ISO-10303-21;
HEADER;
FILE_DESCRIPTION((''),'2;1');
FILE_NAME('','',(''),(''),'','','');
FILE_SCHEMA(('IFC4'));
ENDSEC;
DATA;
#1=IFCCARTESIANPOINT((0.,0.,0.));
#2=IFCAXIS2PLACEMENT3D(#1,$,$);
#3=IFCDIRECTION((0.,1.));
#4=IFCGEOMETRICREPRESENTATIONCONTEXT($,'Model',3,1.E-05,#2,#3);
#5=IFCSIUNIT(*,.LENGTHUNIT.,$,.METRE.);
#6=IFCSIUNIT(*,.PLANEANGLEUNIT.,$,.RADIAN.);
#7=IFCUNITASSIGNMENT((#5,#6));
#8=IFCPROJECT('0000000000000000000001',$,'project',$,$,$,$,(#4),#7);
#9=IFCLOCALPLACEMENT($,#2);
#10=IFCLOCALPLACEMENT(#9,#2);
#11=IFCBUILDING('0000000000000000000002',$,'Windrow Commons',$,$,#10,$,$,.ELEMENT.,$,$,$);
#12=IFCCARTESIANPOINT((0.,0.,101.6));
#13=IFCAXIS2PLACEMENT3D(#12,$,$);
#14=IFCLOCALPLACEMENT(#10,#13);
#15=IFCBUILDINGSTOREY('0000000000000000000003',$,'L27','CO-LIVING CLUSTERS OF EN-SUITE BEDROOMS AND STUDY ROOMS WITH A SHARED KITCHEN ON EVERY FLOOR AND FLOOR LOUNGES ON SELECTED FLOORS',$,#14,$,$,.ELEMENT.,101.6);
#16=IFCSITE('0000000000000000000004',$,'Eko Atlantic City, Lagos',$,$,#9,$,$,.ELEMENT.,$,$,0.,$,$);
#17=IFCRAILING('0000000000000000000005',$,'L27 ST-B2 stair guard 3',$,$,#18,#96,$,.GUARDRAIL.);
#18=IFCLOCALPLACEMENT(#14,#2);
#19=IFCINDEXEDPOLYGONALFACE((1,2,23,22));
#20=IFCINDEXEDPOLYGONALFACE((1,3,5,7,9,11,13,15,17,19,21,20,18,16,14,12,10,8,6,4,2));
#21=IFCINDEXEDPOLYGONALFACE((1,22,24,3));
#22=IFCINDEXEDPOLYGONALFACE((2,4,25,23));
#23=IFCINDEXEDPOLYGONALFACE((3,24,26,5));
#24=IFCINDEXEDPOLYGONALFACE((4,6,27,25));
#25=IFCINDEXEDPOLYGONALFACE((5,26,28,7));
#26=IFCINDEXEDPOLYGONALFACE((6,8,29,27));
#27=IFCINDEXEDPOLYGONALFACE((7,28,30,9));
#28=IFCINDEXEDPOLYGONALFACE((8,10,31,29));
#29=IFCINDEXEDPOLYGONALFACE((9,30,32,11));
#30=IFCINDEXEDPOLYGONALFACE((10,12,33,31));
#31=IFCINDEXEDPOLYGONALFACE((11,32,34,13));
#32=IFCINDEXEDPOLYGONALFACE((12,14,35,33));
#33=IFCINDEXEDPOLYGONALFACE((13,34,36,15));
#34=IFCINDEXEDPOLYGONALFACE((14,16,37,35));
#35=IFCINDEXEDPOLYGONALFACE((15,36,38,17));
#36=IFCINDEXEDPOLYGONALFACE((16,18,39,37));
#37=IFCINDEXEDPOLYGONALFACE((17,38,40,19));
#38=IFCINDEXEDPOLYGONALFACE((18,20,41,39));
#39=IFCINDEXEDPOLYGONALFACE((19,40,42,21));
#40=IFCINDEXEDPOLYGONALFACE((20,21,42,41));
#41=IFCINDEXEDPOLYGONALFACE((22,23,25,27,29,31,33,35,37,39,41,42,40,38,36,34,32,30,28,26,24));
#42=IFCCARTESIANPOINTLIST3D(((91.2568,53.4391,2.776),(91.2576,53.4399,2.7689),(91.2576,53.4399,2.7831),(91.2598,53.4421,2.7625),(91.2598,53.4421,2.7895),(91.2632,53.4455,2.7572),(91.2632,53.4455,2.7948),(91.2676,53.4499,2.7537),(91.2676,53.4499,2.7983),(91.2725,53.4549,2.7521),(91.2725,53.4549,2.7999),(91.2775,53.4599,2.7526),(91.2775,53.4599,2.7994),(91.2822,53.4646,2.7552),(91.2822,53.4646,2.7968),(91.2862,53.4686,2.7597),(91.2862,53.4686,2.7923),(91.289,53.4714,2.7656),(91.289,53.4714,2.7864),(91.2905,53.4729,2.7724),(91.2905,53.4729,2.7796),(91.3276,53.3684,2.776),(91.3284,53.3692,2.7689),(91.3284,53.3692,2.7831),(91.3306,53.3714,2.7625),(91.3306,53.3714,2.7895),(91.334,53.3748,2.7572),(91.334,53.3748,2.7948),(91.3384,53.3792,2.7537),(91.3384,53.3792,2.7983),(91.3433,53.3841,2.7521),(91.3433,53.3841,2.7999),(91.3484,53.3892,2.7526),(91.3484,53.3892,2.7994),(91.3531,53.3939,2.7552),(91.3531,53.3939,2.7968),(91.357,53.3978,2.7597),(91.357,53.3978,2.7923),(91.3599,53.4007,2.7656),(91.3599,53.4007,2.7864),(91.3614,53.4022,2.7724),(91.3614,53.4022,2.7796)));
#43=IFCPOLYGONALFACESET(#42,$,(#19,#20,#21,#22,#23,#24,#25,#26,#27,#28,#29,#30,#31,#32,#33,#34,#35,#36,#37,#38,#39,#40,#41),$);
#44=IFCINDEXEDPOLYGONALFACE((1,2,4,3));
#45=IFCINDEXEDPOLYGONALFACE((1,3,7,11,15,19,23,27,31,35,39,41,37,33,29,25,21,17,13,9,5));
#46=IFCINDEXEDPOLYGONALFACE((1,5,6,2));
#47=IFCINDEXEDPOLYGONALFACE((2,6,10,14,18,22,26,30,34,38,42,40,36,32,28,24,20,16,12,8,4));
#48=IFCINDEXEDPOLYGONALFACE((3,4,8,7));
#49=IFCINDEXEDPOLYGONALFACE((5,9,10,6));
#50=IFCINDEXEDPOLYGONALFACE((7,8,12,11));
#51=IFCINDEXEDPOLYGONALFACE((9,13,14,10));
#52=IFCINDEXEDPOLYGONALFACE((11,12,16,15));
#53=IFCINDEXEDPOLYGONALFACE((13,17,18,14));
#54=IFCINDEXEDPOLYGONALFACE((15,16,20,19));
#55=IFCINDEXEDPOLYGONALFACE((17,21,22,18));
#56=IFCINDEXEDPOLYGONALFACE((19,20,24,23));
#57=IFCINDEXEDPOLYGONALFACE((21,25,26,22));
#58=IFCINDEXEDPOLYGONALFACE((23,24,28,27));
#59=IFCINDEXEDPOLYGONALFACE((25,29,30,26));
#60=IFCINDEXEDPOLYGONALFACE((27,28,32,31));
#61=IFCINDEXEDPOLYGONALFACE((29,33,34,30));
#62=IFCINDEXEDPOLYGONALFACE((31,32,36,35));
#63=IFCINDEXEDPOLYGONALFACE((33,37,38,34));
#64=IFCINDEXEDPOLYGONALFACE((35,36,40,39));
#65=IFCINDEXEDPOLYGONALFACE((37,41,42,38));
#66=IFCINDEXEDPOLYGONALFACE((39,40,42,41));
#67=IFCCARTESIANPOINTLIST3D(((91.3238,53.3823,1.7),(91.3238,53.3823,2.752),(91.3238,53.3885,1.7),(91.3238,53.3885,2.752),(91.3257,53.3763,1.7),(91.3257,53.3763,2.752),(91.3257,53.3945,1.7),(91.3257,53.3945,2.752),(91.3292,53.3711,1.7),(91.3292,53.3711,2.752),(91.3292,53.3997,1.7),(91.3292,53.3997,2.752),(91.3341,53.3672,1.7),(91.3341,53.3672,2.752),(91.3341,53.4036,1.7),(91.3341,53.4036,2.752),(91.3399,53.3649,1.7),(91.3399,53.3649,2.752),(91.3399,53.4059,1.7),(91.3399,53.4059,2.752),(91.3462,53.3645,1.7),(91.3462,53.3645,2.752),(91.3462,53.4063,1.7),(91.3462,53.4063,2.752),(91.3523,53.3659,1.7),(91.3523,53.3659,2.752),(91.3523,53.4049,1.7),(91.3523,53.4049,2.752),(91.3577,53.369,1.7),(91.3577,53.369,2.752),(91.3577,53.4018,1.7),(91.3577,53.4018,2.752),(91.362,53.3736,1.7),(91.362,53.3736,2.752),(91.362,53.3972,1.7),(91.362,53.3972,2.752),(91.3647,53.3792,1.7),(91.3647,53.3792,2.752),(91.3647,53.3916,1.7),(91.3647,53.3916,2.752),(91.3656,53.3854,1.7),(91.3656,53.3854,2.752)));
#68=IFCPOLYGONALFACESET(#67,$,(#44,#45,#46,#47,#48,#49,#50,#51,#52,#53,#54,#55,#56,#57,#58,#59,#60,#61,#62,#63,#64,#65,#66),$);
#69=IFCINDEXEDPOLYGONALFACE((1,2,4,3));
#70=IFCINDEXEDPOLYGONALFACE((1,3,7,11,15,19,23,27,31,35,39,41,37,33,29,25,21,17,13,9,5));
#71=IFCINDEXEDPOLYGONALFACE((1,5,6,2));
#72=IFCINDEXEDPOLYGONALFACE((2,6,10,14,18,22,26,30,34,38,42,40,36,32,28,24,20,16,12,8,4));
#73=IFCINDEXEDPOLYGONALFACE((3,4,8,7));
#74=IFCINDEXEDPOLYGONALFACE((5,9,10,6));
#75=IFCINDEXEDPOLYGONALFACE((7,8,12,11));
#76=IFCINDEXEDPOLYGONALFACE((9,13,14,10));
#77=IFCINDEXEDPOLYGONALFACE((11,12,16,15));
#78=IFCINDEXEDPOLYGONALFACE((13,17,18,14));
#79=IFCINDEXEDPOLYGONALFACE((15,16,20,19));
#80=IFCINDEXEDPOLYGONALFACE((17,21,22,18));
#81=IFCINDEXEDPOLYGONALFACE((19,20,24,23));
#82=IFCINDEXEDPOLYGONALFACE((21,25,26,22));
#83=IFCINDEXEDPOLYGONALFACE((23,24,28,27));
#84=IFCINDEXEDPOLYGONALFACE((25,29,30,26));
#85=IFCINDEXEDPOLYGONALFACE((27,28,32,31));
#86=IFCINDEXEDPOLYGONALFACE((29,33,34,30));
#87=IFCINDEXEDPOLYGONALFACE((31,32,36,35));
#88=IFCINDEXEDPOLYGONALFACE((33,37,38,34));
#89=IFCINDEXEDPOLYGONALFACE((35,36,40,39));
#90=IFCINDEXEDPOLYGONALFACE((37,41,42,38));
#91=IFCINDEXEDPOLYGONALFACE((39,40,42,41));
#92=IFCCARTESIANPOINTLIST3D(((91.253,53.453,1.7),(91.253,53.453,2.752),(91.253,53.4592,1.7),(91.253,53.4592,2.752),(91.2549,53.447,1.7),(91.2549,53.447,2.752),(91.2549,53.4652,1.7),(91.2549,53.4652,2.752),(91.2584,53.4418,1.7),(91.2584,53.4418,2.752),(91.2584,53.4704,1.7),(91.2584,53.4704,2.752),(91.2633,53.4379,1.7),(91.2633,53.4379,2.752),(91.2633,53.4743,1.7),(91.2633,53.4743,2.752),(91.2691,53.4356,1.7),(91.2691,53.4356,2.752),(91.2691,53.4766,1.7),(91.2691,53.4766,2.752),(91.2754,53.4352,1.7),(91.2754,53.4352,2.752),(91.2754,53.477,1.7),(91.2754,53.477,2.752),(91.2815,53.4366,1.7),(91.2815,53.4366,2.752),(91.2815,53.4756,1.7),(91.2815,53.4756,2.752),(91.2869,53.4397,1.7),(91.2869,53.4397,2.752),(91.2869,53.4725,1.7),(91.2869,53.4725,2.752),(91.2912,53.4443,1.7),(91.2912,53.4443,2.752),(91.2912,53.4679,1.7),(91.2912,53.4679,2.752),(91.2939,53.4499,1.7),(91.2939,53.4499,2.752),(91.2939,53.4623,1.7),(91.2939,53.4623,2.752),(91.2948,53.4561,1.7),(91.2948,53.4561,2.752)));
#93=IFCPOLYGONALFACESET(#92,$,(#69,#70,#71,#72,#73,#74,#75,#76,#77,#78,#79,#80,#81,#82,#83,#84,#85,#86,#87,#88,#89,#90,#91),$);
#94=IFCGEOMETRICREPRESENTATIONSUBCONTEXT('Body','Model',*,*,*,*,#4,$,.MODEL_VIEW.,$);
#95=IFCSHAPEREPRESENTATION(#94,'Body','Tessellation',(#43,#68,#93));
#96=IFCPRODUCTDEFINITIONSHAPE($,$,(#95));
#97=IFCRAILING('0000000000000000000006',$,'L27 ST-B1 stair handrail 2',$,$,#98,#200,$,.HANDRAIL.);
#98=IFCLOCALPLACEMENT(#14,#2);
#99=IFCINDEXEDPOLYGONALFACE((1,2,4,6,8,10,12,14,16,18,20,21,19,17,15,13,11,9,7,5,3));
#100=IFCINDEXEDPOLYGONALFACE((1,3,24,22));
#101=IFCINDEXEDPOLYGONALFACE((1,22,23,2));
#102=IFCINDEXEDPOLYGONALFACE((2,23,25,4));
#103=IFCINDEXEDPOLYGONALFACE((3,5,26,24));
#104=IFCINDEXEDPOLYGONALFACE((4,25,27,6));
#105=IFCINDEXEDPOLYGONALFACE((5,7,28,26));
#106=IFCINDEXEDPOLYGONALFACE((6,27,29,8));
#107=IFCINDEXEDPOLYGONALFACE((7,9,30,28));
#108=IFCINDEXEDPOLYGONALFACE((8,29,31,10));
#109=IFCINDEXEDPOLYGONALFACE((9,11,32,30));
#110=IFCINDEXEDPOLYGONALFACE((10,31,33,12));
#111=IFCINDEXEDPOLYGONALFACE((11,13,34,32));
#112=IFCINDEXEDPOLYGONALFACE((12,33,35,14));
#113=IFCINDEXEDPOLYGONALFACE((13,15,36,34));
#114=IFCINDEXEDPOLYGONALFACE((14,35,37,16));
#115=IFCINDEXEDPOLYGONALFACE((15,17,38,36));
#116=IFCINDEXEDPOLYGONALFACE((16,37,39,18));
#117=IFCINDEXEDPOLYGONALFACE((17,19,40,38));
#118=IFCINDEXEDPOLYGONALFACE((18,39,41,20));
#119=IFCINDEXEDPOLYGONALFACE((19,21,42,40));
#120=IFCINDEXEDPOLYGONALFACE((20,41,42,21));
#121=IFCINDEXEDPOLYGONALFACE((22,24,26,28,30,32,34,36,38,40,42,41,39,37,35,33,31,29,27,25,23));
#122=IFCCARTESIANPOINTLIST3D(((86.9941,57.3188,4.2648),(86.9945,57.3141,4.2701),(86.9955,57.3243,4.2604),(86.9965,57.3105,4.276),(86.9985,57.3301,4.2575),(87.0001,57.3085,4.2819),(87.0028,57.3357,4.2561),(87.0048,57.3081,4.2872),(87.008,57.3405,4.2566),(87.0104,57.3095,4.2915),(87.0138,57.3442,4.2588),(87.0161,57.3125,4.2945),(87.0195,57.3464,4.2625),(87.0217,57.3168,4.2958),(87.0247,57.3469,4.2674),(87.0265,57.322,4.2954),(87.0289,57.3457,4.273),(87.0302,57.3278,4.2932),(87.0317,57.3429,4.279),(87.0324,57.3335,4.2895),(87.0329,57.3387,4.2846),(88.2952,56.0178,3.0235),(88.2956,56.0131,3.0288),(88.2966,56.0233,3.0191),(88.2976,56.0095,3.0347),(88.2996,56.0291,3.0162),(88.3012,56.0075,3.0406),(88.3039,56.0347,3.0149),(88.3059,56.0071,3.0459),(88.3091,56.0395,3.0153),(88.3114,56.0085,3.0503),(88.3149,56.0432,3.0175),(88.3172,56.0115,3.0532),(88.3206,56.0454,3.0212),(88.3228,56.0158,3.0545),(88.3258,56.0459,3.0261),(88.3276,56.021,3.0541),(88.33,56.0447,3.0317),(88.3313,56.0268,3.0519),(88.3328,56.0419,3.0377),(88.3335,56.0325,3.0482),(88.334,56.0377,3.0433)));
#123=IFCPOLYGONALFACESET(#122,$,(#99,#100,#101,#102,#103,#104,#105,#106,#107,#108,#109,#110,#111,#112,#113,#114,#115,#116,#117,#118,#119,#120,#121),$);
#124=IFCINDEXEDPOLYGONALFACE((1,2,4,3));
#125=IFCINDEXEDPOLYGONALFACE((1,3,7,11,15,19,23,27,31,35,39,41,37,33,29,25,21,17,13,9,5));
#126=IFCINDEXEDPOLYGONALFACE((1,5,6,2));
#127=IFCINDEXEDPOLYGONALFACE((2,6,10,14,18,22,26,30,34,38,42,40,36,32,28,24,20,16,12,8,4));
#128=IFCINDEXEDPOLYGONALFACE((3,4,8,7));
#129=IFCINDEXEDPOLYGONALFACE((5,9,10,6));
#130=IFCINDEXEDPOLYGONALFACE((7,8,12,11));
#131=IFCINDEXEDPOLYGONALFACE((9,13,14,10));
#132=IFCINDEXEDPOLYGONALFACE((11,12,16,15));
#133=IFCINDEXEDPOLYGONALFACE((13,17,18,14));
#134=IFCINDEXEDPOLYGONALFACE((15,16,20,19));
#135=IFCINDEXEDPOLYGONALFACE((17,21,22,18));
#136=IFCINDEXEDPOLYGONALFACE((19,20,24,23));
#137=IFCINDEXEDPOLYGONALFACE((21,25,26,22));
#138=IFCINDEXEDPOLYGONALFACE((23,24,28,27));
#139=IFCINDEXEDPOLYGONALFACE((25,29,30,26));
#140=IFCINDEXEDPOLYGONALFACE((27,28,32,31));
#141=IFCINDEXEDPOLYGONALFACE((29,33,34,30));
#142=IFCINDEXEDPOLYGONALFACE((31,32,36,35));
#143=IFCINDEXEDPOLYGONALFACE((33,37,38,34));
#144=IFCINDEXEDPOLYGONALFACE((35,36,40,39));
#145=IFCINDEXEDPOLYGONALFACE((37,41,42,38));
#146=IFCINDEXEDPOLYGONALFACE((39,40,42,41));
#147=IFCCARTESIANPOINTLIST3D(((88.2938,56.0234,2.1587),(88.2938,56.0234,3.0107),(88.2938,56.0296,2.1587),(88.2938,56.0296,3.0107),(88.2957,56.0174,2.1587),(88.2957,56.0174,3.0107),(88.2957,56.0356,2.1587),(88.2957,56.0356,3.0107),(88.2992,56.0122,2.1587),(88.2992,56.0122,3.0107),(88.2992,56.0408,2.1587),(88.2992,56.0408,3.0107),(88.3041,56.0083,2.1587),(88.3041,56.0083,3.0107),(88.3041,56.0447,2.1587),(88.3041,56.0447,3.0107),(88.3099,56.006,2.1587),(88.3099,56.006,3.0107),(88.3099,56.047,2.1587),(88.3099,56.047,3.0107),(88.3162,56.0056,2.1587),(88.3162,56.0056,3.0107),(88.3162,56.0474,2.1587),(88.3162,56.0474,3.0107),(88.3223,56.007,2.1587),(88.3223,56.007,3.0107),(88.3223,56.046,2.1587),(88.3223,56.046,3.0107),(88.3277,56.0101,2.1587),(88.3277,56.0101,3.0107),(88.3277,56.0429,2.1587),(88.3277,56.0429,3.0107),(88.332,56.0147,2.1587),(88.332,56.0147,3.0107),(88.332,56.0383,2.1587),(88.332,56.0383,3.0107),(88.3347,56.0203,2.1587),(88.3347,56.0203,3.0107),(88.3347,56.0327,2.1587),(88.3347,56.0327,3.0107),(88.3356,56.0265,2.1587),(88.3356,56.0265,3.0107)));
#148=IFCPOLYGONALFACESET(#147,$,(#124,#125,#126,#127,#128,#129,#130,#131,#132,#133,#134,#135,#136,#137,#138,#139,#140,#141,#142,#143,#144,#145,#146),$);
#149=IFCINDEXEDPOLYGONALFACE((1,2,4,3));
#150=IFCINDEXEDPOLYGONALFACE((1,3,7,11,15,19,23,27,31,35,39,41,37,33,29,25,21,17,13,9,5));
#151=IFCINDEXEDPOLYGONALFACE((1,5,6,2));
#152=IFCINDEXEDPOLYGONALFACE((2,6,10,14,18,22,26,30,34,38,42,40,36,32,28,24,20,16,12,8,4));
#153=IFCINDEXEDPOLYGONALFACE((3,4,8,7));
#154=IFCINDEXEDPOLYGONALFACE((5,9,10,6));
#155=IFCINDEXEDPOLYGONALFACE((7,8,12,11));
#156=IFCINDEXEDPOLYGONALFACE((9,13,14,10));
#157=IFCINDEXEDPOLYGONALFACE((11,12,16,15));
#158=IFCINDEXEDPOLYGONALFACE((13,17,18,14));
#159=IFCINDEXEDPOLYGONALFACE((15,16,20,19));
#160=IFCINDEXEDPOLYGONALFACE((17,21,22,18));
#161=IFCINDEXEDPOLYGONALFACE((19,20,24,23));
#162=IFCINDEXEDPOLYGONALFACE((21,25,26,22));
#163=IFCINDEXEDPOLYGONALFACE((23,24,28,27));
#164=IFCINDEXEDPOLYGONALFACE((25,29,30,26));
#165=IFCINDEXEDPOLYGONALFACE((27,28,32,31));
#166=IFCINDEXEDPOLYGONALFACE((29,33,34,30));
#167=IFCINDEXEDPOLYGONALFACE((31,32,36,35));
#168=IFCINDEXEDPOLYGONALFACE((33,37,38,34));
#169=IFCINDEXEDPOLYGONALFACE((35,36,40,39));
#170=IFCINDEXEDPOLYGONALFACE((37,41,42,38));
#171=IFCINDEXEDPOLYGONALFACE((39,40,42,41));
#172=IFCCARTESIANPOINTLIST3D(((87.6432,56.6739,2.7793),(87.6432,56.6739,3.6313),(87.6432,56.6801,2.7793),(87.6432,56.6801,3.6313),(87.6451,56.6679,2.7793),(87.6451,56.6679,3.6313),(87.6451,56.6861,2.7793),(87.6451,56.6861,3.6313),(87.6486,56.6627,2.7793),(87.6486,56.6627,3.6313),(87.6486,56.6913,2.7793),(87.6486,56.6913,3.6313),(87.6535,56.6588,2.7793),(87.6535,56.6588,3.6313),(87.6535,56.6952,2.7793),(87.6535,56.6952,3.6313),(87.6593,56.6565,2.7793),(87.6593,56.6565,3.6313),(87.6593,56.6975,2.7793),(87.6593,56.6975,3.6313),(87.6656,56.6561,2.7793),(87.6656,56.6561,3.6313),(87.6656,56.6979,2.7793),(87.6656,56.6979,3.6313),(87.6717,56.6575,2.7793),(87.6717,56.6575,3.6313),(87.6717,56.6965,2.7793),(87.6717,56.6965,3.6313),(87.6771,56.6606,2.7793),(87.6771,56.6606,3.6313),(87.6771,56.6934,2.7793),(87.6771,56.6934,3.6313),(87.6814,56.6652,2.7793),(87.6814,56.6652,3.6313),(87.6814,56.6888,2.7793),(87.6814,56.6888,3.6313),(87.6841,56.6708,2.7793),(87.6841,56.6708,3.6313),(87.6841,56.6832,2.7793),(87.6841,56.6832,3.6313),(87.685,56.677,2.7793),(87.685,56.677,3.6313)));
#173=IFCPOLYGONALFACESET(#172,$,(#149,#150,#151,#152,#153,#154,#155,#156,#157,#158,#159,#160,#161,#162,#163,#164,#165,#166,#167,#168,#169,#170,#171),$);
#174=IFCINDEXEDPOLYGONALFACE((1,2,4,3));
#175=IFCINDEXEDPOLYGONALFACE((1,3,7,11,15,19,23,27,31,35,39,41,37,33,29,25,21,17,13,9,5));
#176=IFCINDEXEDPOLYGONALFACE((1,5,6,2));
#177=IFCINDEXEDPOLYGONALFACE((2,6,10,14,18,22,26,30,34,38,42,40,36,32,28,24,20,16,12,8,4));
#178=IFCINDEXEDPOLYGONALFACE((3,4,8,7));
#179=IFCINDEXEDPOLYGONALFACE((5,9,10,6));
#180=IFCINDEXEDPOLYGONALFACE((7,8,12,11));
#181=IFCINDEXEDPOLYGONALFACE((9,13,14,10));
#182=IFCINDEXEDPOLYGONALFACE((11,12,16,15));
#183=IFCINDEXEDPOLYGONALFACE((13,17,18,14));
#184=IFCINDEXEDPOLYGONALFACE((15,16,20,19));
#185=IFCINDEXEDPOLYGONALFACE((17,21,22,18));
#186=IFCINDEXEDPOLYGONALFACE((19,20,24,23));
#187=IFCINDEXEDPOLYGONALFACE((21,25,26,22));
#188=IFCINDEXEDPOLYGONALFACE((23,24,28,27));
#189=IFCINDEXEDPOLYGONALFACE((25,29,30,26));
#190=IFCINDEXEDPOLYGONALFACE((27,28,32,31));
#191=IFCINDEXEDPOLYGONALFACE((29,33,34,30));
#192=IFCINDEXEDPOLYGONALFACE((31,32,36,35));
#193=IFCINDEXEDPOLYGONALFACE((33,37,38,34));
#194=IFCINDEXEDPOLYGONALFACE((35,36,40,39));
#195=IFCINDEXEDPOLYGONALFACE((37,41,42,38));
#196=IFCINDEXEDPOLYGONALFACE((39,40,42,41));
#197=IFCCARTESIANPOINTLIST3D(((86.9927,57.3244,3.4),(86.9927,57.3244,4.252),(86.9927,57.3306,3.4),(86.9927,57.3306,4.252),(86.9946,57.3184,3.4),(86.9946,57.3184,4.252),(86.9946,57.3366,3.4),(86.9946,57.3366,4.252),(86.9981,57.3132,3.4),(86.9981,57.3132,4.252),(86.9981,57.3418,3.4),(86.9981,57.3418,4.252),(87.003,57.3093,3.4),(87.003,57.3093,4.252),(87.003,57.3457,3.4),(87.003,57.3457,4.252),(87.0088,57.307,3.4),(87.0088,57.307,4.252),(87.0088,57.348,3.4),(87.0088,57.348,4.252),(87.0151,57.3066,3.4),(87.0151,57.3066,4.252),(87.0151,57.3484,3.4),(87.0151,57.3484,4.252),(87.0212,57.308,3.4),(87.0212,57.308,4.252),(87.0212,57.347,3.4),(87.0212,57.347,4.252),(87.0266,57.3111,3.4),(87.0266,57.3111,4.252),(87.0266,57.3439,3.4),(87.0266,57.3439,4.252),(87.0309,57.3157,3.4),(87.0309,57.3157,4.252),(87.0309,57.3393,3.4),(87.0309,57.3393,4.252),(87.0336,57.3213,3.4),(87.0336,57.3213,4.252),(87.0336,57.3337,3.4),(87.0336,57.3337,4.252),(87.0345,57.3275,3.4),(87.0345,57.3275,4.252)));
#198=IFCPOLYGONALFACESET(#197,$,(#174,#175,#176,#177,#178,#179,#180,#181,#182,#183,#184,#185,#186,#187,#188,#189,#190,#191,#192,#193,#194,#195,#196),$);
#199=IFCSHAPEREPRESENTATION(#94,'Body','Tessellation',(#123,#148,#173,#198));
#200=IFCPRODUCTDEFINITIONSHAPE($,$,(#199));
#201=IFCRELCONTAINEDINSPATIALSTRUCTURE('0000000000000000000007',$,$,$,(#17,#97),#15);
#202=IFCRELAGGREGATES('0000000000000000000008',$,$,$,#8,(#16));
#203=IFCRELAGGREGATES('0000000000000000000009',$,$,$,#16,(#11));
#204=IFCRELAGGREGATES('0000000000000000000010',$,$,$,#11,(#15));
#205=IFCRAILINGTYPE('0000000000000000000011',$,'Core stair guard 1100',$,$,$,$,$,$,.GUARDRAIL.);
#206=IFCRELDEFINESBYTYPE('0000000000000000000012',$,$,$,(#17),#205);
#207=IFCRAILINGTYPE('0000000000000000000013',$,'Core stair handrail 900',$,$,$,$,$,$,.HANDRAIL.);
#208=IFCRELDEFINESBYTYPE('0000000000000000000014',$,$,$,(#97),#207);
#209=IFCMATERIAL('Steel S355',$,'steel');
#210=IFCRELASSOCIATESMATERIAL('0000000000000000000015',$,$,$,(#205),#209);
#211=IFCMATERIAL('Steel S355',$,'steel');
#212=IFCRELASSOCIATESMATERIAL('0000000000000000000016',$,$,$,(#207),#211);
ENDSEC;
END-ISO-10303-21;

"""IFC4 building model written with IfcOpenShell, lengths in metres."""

from ifc_helpers import new_model, si_unit, direction, frame, origin, origin_2d, place, context, subcontext, project, spatial, circle, extrude, material, type_object, element, save


model = new_model("IFC4")

# Units and contexts
model_context = context("Model", 3, precision=1e-05, world=origin(), true_north=direction((0.0, 1.0)))
body_context = subcontext(model_context, "Body", "Model", "MODEL_VIEW")
ifc_project = project(units=[si_unit("LENGTHUNIT", "METRE"), si_unit("PLANEANGLEUNIT", "RADIAN")], contexts=[model_context])

# Site, building, storey
site_placement = place(None, origin())
site = spatial("IfcSite", under=ifc_project, at=site_placement, Name="Eko Atlantic City, Lagos", CompositionType="ELEMENT", RefElevation=0.0)
building_placement = place(site_placement, origin())
building = spatial("IfcBuilding", under=site, at=building_placement, Name="Windrow Commons", CompositionType="ELEMENT")
storey_placement = place(building_placement, frame((0.0, 0.0, 101.6)))
storey = spatial("IfcBuildingStorey", under=building, at=storey_placement, Name="L27", Description="CO-LIVING CLUSTERS OF EN-SUITE BEDROOMS AND STUDY ROOMS WITH A SHARED KITCHEN ON EVERY FLOOR AND FLOOR LOUNGES ON SELECTED FLOORS", CompositionType="ELEMENT", Elevation=101.6)

# Railings
ifc_material_1 = material(Name="Steel S355", Category="steel")
railing_type_1 = type_object("IfcRailingType", Name="Core stair guard 1100", PredefinedType="GUARDRAIL", material=ifc_material_1)
railing_1_placement = place(storey_placement, frame((91.3446, 53.3854, 1.7)))
element("IfcRailing", 1, at=railing_1_placement, inside=storey, type_object=railing_type_1, Name="L27 ST-B2 stair guard 3", PredefinedType="GUARDRAIL", context=body_context, shape_type="SweptSolid", body=[
    extrude(circle(Radius=0.024, at=origin_2d()), frame((0.0, 0.0, 1.076), z_axis=(-0.707606, 0.706607, 0.0), x_axis=(-0.706607, -0.707606, 0.0)), (0.0, 0.0, 1.0), 0.1001),
    extrude(circle(Radius=0.021, at=origin_2d()), origin(), (0.0, 0.0, 1.0), 1.052),
    extrude(circle(Radius=0.021, at=origin_2d()), frame((-0.0708, 0.0707, 0.0)), (0.0, 0.0, 1.0), 1.052),
])
ifc_material_2 = material(Name="Steel S355", Category="steel")
railing_type_2 = type_object("IfcRailingType", Name="Core stair handrail 900", PredefinedType="HANDRAIL", material=ifc_material_2)
railing_2_placement = place(storey_placement, frame((88.3146, 56.0265, 2.1587)))
element("IfcRailing", 2, at=railing_2_placement, inside=storey, type_object=railing_type_2, Name="L27 ST-B1 stair handrail 2", PredefinedType="HANDRAIL", context=body_context, shape_type="SweptSolid", body=[
    extrude(circle(Radius=0.024, at=origin_2d()), frame((0.0, 0.0, 0.876), z_axis=(-0.586207, 0.586162, 0.559264), x_axis=(-0.70708, -0.707134, 0.0)), (0.0, 0.0, 1.0), 2.2195),
    extrude(circle(Radius=0.021, at=origin_2d()), origin(), (0.0, 0.0, 1.0), 0.852),
    extrude(circle(Radius=0.021, at=origin_2d()), frame((-0.6506, 0.6505, 0.6206)), (0.0, 0.0, 1.0), 0.852),
    extrude(circle(Radius=0.021, at=origin_2d()), frame((-1.3011, 1.301, 1.2413)), (0.0, 0.0, 1.0), 0.852),
])

save(model, "model.ifc")
